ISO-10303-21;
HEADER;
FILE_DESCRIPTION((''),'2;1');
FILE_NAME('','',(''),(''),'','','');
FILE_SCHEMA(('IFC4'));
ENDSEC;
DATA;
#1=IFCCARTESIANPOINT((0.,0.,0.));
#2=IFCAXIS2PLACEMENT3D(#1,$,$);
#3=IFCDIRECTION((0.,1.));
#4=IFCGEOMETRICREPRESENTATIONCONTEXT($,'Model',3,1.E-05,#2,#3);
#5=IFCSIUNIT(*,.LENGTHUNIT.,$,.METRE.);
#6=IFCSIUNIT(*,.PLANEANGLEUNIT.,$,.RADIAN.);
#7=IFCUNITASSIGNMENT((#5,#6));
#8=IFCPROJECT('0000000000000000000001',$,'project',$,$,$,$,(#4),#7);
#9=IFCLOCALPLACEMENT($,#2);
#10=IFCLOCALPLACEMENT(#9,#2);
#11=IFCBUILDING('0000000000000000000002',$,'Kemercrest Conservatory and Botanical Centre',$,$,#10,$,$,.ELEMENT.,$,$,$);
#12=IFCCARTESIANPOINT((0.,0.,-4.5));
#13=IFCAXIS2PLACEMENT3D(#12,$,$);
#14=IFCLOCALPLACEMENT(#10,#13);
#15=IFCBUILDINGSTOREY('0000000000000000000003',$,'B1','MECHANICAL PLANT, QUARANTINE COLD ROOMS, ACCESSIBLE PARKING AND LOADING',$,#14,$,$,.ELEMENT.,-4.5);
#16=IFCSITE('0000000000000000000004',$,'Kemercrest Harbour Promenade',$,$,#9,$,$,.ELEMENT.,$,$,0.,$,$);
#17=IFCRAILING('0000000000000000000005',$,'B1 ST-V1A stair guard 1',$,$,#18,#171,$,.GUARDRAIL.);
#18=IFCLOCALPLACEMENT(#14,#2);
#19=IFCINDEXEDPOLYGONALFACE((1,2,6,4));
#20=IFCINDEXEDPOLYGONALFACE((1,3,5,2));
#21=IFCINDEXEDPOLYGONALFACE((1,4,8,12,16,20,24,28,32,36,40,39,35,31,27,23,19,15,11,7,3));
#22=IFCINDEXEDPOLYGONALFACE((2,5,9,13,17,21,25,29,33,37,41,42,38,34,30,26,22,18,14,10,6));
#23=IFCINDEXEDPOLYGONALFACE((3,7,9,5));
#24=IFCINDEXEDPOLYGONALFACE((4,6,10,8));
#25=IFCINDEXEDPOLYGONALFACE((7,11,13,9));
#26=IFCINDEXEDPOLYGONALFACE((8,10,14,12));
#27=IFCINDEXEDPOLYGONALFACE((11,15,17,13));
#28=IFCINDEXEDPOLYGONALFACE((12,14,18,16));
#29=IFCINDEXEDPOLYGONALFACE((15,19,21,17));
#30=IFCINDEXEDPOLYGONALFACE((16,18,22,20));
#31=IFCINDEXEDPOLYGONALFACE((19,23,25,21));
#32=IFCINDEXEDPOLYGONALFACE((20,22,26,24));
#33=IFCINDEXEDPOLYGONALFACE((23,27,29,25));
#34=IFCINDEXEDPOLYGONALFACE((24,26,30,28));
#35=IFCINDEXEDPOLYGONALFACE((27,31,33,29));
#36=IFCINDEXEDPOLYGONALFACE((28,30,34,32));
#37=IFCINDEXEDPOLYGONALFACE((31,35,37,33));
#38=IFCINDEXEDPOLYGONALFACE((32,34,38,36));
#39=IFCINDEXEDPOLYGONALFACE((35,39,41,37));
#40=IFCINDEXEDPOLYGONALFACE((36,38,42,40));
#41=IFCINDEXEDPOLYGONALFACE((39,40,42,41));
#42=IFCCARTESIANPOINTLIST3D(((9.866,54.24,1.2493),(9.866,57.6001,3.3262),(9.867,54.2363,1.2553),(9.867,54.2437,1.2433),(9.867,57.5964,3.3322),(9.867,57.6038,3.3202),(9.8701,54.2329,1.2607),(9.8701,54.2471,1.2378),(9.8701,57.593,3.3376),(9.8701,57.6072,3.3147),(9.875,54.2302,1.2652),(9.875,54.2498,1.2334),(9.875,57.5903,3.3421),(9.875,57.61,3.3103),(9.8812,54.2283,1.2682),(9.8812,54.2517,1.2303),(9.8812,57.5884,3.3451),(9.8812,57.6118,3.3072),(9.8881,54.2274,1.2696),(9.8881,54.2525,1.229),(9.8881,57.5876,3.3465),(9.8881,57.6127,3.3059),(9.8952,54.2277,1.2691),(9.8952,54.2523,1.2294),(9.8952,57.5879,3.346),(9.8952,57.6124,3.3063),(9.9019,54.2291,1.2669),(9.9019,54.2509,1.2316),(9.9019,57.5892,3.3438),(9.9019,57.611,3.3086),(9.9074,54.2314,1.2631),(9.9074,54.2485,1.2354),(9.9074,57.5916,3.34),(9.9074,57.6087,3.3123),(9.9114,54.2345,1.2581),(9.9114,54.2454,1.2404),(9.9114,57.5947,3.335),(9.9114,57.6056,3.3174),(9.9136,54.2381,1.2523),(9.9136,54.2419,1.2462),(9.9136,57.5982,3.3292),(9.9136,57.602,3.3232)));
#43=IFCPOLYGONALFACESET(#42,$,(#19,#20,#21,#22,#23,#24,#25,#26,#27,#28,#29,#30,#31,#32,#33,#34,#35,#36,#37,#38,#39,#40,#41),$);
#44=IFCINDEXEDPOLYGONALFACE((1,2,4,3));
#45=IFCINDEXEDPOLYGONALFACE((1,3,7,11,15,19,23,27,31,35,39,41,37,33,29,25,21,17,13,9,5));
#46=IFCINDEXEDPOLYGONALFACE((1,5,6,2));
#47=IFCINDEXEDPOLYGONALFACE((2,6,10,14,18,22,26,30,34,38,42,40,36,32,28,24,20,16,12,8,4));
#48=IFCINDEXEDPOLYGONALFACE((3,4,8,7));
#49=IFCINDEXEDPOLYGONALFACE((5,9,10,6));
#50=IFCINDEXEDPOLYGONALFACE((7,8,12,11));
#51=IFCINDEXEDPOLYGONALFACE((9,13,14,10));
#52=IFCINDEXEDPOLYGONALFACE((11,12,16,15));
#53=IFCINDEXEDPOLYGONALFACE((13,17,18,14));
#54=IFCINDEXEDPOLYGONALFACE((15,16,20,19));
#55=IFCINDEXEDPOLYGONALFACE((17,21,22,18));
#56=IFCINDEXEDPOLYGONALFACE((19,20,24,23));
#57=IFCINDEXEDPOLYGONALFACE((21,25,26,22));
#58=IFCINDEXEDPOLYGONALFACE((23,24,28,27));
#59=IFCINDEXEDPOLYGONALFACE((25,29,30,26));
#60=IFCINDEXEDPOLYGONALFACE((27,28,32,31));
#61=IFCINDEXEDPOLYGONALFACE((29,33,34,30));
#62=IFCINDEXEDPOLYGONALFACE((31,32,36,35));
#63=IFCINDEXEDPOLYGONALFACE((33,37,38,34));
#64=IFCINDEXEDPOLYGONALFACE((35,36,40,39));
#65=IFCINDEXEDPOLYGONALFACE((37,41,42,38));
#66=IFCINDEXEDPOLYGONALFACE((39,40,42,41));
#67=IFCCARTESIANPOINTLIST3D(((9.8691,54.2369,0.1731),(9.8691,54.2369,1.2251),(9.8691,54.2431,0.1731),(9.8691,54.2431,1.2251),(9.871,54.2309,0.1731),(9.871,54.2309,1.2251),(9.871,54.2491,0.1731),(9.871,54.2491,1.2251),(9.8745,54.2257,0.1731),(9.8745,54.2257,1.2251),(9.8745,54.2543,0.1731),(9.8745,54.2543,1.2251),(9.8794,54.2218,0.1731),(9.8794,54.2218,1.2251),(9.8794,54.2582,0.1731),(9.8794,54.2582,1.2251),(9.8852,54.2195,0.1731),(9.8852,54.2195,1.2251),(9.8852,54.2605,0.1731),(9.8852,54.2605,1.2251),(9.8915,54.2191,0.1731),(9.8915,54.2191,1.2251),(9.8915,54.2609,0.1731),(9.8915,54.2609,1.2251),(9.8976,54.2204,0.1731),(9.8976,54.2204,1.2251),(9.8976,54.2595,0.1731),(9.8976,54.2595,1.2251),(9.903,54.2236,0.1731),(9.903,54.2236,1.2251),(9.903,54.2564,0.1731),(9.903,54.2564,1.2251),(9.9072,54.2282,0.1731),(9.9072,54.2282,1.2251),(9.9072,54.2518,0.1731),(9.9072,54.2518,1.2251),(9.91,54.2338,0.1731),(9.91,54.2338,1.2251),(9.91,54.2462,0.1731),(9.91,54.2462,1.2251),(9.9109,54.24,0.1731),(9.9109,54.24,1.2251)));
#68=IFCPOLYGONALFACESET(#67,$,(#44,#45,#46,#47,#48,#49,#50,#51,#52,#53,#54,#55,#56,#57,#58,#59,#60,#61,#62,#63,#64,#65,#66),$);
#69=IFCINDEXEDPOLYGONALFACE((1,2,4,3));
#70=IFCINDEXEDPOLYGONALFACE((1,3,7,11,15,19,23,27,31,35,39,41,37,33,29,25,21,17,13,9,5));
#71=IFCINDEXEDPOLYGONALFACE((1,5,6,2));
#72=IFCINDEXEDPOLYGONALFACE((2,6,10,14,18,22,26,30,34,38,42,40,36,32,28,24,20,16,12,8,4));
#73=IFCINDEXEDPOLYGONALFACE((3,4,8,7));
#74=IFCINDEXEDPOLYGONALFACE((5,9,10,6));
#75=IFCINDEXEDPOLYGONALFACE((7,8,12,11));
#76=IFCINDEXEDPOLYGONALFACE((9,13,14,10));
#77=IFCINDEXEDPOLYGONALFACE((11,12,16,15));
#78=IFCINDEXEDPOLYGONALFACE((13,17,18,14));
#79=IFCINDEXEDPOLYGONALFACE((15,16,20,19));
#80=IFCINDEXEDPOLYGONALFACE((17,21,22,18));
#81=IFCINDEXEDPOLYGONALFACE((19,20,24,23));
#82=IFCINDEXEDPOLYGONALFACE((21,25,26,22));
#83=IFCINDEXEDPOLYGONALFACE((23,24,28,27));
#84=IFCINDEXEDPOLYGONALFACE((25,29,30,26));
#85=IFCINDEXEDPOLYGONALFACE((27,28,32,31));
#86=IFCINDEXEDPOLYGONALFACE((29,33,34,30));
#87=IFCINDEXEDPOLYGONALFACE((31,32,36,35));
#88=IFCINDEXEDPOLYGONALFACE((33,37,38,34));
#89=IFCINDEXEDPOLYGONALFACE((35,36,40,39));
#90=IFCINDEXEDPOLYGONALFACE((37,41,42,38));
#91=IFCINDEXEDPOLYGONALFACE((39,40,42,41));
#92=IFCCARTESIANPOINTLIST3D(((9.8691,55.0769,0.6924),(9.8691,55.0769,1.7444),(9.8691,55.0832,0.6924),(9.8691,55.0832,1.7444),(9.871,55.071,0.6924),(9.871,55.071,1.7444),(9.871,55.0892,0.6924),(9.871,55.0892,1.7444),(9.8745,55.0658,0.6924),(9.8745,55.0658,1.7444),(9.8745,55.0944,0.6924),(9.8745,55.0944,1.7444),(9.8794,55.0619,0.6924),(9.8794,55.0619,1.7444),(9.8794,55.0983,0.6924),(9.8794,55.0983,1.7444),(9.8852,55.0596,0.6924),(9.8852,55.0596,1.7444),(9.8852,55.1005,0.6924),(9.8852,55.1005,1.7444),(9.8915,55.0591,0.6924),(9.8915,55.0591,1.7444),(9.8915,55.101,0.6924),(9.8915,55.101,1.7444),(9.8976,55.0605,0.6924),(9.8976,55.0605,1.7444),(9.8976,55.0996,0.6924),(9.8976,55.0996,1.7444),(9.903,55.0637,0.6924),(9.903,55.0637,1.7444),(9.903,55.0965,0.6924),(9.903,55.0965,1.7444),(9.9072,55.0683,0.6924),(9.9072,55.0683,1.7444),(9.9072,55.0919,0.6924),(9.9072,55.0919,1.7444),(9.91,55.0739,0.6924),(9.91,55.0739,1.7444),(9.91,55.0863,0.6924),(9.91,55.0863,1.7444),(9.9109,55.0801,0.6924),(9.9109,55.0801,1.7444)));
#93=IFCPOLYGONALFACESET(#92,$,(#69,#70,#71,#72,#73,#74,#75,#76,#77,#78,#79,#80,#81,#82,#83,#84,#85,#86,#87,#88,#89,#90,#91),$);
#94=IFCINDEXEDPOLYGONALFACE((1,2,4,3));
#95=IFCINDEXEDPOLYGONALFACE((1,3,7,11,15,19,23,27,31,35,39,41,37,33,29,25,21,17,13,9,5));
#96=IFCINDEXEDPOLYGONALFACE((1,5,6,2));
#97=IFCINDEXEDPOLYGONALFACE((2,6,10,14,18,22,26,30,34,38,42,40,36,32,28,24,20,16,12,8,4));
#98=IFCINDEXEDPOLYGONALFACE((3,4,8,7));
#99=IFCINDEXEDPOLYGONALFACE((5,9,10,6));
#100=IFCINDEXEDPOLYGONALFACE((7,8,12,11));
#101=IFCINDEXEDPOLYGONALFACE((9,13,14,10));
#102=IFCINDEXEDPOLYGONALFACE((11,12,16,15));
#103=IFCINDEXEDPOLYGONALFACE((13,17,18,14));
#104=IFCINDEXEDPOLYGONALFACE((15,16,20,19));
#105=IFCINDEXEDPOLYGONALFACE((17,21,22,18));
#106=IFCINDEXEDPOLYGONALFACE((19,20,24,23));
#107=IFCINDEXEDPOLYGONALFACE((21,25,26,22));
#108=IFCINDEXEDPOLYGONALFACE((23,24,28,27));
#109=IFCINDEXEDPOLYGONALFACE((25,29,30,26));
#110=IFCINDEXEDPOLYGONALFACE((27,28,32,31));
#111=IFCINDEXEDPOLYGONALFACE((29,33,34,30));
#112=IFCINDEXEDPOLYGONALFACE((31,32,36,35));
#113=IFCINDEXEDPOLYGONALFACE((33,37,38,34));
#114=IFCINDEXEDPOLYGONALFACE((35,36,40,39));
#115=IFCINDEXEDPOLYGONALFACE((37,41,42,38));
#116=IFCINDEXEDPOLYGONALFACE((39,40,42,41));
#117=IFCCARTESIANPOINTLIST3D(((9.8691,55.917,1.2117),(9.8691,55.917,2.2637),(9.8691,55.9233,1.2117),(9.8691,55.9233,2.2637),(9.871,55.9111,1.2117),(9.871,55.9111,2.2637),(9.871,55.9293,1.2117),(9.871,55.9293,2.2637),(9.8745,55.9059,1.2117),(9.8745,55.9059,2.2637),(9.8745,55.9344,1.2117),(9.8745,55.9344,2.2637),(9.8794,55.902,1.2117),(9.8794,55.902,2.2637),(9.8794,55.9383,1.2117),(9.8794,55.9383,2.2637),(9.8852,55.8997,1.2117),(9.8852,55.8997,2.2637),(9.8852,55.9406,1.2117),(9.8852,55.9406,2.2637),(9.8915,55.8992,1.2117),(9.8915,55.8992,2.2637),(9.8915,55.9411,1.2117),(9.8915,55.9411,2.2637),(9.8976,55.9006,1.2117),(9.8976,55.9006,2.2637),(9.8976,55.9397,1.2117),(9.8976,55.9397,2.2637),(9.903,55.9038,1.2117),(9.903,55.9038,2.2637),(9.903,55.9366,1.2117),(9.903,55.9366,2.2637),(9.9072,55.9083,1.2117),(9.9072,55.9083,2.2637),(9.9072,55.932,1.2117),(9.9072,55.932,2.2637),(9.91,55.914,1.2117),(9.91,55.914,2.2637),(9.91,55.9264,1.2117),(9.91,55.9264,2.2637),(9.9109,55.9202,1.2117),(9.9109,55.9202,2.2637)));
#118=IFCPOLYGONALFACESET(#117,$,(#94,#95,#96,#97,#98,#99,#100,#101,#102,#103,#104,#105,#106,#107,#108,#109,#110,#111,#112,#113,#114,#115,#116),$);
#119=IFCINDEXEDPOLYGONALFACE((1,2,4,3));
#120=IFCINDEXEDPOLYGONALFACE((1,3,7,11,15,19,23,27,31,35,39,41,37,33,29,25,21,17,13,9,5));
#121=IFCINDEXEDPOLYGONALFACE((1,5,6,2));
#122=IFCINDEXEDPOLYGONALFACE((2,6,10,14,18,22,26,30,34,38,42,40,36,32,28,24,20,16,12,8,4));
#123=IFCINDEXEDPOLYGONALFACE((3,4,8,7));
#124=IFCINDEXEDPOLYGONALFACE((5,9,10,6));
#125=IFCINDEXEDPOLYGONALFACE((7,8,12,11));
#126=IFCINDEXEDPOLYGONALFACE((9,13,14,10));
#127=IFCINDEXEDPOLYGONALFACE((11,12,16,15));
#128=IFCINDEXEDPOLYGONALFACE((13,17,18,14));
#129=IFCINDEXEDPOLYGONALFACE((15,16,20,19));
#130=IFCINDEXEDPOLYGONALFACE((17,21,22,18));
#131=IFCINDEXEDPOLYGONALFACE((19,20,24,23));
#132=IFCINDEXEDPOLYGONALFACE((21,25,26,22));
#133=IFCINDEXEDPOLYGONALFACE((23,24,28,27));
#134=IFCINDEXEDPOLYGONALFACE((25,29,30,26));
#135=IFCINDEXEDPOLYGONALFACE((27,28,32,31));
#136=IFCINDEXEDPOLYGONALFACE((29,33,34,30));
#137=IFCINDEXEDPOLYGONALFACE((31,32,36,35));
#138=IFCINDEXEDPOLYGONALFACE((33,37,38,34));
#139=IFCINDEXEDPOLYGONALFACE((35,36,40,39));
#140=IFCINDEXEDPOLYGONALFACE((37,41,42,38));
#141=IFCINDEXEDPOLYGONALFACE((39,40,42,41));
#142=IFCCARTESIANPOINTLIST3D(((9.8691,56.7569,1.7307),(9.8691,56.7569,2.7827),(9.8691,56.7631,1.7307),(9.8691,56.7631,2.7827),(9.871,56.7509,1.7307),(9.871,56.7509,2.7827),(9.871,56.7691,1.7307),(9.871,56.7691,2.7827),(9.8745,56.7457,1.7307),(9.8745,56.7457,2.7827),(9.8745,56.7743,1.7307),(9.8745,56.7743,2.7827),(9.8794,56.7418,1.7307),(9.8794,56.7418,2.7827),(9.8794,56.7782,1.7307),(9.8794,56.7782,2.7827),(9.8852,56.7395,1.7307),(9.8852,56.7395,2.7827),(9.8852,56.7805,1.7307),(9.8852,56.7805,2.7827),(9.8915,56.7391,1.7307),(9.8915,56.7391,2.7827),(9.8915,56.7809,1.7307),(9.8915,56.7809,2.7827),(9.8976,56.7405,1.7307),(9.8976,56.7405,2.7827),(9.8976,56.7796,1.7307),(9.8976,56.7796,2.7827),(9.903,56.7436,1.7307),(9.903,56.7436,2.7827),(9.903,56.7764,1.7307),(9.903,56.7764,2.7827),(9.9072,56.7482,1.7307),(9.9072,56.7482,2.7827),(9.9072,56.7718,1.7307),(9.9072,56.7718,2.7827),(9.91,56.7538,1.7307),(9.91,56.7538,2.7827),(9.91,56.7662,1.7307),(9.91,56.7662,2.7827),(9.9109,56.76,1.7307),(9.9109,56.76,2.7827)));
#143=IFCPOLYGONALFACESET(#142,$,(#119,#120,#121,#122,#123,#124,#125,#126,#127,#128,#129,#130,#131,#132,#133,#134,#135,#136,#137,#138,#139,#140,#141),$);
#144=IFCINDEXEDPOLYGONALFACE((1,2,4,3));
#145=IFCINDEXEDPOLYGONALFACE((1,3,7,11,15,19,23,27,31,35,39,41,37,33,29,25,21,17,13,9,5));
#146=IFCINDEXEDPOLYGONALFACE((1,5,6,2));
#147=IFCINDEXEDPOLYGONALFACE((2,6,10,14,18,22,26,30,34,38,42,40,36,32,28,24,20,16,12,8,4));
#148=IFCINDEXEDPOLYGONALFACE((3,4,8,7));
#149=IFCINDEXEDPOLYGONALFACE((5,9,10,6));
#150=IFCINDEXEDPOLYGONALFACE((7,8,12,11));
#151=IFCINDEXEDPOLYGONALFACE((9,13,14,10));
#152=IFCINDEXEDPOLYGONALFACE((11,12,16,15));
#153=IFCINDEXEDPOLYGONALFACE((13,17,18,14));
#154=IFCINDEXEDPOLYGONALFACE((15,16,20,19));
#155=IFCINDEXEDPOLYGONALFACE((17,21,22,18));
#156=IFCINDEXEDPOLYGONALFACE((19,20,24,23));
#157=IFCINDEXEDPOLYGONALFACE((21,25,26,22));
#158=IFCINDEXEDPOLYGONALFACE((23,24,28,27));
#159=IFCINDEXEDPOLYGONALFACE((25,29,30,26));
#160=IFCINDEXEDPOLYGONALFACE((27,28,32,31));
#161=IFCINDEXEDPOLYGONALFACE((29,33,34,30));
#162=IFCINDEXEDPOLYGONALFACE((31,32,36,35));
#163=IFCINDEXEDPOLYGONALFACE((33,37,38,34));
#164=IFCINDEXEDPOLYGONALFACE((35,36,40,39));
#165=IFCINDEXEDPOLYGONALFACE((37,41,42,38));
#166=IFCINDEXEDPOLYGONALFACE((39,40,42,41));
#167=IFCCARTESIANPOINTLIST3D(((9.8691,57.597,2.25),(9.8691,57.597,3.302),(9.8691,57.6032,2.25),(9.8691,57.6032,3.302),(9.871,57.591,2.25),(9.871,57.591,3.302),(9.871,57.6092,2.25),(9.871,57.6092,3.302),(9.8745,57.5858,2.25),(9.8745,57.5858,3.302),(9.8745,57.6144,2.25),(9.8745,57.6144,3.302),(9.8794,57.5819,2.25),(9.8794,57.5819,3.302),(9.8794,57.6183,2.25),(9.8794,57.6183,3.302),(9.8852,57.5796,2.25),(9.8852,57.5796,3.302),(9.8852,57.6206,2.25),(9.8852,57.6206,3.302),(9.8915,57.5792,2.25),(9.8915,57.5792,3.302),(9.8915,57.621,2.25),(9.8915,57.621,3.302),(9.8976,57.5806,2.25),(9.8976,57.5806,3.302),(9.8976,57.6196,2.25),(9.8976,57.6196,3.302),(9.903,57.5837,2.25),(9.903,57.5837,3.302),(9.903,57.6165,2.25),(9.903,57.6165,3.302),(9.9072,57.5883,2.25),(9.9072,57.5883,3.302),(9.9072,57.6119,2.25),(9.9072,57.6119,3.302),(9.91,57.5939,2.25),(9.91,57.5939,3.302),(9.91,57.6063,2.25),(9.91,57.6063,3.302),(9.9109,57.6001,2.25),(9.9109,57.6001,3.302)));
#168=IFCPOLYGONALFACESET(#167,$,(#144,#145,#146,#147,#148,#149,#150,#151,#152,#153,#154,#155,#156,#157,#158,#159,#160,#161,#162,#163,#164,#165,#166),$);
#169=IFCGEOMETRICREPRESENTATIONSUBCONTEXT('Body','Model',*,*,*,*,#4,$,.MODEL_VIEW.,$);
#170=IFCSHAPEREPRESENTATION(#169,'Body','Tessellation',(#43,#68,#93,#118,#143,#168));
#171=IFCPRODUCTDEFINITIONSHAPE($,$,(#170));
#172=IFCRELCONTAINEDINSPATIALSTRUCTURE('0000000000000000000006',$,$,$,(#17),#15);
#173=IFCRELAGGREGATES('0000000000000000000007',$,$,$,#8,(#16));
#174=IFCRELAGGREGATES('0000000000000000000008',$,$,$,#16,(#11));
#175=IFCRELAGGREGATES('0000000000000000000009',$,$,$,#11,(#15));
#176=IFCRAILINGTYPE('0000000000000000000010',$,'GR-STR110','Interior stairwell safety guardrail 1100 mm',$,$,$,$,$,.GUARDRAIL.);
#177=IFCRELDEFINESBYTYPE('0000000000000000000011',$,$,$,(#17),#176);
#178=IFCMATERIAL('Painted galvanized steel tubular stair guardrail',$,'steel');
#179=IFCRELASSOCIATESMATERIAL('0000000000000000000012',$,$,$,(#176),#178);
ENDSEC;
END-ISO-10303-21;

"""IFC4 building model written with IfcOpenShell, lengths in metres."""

from ifc_helpers import new_model, si_unit, direction, frame, origin, origin_2d, place, context, subcontext, project, spatial, circle, extrude, material, type_object, element, save


model = new_model("IFC4")

# Units and contexts
model_context = context("Model", 3, precision=1e-05, world=origin(), true_north=direction((0.0, 1.0)))
body_context = subcontext(model_context, "Body", "Model", "MODEL_VIEW")
ifc_project = project(units=[si_unit("LENGTHUNIT", "METRE"), si_unit("PLANEANGLEUNIT", "RADIAN")], contexts=[model_context])

# Site, building, storey
site_placement = place(None, origin())
site = spatial("IfcSite", under=ifc_project, at=site_placement, Name="Kemercrest Harbour Promenade", CompositionType="ELEMENT", RefElevation=0.0)
building_placement = place(site_placement, origin())
building = spatial("IfcBuilding", under=site, at=building_placement, Name="Kemercrest Conservatory and Botanical Centre", CompositionType="ELEMENT")
storey_placement = place(building_placement, frame((0.0, 0.0, -4.5)))
storey = spatial("IfcBuildingStorey", under=building, at=storey_placement, Name="B1", Description="MECHANICAL PLANT, QUARANTINE COLD ROOMS, ACCESSIBLE PARKING AND LOADING", CompositionType="ELEMENT", Elevation=-4.5)

# Railing
ifc_material_1 = material(Name="Painted galvanized steel tubular stair guardrail", Category="steel")
railing_type_1 = type_object("IfcRailingType", Name="GR-STR110", Description="Interior stairwell safety guardrail 1100 mm", PredefinedType="GUARDRAIL", material=ifc_material_1)
railing_1_placement = place(storey_placement, frame((9.8899, 54.24, 0.1731)))
element("IfcRailing", 1, at=railing_1_placement, inside=storey, type_object=railing_type_1, Name="B1 ST-V1A stair guard 1", PredefinedType="GUARDRAIL", context=body_context, shape_type="SweptSolid", body=[
    extrude(circle(Radius=0.0239, at=origin_2d()), frame((0.0, 0.0, 1.0762), z_axis=(0.0, 0.850623, 0.525776), x_axis=(-1.0, 0.0, 0.0)), (0.0, 0.0, 1.0), 3.9502),
    extrude(circle(Radius=0.021, at=origin_2d()), origin(), (0.0, 0.0, 1.0), 1.052),
    extrude(circle(Radius=0.021, at=origin_2d()), frame((0.0, 0.8401, 0.5193)), (0.0, 0.0, 1.0), 1.052),
    extrude(circle(Radius=0.021, at=origin_2d()), frame((0.0, 1.6802, 1.0386)), (0.0, 0.0, 1.0), 1.052),
    extrude(circle(Radius=0.021, at=origin_2d()), frame((0.0, 2.52, 1.5576)), (0.0, 0.0, 1.0), 1.052),
    extrude(circle(Radius=0.021, at=origin_2d()), frame((0.0, 3.3601, 2.0769)), (0.0, 0.0, 1.0), 1.052),
])

save(model, "model.ifc")
